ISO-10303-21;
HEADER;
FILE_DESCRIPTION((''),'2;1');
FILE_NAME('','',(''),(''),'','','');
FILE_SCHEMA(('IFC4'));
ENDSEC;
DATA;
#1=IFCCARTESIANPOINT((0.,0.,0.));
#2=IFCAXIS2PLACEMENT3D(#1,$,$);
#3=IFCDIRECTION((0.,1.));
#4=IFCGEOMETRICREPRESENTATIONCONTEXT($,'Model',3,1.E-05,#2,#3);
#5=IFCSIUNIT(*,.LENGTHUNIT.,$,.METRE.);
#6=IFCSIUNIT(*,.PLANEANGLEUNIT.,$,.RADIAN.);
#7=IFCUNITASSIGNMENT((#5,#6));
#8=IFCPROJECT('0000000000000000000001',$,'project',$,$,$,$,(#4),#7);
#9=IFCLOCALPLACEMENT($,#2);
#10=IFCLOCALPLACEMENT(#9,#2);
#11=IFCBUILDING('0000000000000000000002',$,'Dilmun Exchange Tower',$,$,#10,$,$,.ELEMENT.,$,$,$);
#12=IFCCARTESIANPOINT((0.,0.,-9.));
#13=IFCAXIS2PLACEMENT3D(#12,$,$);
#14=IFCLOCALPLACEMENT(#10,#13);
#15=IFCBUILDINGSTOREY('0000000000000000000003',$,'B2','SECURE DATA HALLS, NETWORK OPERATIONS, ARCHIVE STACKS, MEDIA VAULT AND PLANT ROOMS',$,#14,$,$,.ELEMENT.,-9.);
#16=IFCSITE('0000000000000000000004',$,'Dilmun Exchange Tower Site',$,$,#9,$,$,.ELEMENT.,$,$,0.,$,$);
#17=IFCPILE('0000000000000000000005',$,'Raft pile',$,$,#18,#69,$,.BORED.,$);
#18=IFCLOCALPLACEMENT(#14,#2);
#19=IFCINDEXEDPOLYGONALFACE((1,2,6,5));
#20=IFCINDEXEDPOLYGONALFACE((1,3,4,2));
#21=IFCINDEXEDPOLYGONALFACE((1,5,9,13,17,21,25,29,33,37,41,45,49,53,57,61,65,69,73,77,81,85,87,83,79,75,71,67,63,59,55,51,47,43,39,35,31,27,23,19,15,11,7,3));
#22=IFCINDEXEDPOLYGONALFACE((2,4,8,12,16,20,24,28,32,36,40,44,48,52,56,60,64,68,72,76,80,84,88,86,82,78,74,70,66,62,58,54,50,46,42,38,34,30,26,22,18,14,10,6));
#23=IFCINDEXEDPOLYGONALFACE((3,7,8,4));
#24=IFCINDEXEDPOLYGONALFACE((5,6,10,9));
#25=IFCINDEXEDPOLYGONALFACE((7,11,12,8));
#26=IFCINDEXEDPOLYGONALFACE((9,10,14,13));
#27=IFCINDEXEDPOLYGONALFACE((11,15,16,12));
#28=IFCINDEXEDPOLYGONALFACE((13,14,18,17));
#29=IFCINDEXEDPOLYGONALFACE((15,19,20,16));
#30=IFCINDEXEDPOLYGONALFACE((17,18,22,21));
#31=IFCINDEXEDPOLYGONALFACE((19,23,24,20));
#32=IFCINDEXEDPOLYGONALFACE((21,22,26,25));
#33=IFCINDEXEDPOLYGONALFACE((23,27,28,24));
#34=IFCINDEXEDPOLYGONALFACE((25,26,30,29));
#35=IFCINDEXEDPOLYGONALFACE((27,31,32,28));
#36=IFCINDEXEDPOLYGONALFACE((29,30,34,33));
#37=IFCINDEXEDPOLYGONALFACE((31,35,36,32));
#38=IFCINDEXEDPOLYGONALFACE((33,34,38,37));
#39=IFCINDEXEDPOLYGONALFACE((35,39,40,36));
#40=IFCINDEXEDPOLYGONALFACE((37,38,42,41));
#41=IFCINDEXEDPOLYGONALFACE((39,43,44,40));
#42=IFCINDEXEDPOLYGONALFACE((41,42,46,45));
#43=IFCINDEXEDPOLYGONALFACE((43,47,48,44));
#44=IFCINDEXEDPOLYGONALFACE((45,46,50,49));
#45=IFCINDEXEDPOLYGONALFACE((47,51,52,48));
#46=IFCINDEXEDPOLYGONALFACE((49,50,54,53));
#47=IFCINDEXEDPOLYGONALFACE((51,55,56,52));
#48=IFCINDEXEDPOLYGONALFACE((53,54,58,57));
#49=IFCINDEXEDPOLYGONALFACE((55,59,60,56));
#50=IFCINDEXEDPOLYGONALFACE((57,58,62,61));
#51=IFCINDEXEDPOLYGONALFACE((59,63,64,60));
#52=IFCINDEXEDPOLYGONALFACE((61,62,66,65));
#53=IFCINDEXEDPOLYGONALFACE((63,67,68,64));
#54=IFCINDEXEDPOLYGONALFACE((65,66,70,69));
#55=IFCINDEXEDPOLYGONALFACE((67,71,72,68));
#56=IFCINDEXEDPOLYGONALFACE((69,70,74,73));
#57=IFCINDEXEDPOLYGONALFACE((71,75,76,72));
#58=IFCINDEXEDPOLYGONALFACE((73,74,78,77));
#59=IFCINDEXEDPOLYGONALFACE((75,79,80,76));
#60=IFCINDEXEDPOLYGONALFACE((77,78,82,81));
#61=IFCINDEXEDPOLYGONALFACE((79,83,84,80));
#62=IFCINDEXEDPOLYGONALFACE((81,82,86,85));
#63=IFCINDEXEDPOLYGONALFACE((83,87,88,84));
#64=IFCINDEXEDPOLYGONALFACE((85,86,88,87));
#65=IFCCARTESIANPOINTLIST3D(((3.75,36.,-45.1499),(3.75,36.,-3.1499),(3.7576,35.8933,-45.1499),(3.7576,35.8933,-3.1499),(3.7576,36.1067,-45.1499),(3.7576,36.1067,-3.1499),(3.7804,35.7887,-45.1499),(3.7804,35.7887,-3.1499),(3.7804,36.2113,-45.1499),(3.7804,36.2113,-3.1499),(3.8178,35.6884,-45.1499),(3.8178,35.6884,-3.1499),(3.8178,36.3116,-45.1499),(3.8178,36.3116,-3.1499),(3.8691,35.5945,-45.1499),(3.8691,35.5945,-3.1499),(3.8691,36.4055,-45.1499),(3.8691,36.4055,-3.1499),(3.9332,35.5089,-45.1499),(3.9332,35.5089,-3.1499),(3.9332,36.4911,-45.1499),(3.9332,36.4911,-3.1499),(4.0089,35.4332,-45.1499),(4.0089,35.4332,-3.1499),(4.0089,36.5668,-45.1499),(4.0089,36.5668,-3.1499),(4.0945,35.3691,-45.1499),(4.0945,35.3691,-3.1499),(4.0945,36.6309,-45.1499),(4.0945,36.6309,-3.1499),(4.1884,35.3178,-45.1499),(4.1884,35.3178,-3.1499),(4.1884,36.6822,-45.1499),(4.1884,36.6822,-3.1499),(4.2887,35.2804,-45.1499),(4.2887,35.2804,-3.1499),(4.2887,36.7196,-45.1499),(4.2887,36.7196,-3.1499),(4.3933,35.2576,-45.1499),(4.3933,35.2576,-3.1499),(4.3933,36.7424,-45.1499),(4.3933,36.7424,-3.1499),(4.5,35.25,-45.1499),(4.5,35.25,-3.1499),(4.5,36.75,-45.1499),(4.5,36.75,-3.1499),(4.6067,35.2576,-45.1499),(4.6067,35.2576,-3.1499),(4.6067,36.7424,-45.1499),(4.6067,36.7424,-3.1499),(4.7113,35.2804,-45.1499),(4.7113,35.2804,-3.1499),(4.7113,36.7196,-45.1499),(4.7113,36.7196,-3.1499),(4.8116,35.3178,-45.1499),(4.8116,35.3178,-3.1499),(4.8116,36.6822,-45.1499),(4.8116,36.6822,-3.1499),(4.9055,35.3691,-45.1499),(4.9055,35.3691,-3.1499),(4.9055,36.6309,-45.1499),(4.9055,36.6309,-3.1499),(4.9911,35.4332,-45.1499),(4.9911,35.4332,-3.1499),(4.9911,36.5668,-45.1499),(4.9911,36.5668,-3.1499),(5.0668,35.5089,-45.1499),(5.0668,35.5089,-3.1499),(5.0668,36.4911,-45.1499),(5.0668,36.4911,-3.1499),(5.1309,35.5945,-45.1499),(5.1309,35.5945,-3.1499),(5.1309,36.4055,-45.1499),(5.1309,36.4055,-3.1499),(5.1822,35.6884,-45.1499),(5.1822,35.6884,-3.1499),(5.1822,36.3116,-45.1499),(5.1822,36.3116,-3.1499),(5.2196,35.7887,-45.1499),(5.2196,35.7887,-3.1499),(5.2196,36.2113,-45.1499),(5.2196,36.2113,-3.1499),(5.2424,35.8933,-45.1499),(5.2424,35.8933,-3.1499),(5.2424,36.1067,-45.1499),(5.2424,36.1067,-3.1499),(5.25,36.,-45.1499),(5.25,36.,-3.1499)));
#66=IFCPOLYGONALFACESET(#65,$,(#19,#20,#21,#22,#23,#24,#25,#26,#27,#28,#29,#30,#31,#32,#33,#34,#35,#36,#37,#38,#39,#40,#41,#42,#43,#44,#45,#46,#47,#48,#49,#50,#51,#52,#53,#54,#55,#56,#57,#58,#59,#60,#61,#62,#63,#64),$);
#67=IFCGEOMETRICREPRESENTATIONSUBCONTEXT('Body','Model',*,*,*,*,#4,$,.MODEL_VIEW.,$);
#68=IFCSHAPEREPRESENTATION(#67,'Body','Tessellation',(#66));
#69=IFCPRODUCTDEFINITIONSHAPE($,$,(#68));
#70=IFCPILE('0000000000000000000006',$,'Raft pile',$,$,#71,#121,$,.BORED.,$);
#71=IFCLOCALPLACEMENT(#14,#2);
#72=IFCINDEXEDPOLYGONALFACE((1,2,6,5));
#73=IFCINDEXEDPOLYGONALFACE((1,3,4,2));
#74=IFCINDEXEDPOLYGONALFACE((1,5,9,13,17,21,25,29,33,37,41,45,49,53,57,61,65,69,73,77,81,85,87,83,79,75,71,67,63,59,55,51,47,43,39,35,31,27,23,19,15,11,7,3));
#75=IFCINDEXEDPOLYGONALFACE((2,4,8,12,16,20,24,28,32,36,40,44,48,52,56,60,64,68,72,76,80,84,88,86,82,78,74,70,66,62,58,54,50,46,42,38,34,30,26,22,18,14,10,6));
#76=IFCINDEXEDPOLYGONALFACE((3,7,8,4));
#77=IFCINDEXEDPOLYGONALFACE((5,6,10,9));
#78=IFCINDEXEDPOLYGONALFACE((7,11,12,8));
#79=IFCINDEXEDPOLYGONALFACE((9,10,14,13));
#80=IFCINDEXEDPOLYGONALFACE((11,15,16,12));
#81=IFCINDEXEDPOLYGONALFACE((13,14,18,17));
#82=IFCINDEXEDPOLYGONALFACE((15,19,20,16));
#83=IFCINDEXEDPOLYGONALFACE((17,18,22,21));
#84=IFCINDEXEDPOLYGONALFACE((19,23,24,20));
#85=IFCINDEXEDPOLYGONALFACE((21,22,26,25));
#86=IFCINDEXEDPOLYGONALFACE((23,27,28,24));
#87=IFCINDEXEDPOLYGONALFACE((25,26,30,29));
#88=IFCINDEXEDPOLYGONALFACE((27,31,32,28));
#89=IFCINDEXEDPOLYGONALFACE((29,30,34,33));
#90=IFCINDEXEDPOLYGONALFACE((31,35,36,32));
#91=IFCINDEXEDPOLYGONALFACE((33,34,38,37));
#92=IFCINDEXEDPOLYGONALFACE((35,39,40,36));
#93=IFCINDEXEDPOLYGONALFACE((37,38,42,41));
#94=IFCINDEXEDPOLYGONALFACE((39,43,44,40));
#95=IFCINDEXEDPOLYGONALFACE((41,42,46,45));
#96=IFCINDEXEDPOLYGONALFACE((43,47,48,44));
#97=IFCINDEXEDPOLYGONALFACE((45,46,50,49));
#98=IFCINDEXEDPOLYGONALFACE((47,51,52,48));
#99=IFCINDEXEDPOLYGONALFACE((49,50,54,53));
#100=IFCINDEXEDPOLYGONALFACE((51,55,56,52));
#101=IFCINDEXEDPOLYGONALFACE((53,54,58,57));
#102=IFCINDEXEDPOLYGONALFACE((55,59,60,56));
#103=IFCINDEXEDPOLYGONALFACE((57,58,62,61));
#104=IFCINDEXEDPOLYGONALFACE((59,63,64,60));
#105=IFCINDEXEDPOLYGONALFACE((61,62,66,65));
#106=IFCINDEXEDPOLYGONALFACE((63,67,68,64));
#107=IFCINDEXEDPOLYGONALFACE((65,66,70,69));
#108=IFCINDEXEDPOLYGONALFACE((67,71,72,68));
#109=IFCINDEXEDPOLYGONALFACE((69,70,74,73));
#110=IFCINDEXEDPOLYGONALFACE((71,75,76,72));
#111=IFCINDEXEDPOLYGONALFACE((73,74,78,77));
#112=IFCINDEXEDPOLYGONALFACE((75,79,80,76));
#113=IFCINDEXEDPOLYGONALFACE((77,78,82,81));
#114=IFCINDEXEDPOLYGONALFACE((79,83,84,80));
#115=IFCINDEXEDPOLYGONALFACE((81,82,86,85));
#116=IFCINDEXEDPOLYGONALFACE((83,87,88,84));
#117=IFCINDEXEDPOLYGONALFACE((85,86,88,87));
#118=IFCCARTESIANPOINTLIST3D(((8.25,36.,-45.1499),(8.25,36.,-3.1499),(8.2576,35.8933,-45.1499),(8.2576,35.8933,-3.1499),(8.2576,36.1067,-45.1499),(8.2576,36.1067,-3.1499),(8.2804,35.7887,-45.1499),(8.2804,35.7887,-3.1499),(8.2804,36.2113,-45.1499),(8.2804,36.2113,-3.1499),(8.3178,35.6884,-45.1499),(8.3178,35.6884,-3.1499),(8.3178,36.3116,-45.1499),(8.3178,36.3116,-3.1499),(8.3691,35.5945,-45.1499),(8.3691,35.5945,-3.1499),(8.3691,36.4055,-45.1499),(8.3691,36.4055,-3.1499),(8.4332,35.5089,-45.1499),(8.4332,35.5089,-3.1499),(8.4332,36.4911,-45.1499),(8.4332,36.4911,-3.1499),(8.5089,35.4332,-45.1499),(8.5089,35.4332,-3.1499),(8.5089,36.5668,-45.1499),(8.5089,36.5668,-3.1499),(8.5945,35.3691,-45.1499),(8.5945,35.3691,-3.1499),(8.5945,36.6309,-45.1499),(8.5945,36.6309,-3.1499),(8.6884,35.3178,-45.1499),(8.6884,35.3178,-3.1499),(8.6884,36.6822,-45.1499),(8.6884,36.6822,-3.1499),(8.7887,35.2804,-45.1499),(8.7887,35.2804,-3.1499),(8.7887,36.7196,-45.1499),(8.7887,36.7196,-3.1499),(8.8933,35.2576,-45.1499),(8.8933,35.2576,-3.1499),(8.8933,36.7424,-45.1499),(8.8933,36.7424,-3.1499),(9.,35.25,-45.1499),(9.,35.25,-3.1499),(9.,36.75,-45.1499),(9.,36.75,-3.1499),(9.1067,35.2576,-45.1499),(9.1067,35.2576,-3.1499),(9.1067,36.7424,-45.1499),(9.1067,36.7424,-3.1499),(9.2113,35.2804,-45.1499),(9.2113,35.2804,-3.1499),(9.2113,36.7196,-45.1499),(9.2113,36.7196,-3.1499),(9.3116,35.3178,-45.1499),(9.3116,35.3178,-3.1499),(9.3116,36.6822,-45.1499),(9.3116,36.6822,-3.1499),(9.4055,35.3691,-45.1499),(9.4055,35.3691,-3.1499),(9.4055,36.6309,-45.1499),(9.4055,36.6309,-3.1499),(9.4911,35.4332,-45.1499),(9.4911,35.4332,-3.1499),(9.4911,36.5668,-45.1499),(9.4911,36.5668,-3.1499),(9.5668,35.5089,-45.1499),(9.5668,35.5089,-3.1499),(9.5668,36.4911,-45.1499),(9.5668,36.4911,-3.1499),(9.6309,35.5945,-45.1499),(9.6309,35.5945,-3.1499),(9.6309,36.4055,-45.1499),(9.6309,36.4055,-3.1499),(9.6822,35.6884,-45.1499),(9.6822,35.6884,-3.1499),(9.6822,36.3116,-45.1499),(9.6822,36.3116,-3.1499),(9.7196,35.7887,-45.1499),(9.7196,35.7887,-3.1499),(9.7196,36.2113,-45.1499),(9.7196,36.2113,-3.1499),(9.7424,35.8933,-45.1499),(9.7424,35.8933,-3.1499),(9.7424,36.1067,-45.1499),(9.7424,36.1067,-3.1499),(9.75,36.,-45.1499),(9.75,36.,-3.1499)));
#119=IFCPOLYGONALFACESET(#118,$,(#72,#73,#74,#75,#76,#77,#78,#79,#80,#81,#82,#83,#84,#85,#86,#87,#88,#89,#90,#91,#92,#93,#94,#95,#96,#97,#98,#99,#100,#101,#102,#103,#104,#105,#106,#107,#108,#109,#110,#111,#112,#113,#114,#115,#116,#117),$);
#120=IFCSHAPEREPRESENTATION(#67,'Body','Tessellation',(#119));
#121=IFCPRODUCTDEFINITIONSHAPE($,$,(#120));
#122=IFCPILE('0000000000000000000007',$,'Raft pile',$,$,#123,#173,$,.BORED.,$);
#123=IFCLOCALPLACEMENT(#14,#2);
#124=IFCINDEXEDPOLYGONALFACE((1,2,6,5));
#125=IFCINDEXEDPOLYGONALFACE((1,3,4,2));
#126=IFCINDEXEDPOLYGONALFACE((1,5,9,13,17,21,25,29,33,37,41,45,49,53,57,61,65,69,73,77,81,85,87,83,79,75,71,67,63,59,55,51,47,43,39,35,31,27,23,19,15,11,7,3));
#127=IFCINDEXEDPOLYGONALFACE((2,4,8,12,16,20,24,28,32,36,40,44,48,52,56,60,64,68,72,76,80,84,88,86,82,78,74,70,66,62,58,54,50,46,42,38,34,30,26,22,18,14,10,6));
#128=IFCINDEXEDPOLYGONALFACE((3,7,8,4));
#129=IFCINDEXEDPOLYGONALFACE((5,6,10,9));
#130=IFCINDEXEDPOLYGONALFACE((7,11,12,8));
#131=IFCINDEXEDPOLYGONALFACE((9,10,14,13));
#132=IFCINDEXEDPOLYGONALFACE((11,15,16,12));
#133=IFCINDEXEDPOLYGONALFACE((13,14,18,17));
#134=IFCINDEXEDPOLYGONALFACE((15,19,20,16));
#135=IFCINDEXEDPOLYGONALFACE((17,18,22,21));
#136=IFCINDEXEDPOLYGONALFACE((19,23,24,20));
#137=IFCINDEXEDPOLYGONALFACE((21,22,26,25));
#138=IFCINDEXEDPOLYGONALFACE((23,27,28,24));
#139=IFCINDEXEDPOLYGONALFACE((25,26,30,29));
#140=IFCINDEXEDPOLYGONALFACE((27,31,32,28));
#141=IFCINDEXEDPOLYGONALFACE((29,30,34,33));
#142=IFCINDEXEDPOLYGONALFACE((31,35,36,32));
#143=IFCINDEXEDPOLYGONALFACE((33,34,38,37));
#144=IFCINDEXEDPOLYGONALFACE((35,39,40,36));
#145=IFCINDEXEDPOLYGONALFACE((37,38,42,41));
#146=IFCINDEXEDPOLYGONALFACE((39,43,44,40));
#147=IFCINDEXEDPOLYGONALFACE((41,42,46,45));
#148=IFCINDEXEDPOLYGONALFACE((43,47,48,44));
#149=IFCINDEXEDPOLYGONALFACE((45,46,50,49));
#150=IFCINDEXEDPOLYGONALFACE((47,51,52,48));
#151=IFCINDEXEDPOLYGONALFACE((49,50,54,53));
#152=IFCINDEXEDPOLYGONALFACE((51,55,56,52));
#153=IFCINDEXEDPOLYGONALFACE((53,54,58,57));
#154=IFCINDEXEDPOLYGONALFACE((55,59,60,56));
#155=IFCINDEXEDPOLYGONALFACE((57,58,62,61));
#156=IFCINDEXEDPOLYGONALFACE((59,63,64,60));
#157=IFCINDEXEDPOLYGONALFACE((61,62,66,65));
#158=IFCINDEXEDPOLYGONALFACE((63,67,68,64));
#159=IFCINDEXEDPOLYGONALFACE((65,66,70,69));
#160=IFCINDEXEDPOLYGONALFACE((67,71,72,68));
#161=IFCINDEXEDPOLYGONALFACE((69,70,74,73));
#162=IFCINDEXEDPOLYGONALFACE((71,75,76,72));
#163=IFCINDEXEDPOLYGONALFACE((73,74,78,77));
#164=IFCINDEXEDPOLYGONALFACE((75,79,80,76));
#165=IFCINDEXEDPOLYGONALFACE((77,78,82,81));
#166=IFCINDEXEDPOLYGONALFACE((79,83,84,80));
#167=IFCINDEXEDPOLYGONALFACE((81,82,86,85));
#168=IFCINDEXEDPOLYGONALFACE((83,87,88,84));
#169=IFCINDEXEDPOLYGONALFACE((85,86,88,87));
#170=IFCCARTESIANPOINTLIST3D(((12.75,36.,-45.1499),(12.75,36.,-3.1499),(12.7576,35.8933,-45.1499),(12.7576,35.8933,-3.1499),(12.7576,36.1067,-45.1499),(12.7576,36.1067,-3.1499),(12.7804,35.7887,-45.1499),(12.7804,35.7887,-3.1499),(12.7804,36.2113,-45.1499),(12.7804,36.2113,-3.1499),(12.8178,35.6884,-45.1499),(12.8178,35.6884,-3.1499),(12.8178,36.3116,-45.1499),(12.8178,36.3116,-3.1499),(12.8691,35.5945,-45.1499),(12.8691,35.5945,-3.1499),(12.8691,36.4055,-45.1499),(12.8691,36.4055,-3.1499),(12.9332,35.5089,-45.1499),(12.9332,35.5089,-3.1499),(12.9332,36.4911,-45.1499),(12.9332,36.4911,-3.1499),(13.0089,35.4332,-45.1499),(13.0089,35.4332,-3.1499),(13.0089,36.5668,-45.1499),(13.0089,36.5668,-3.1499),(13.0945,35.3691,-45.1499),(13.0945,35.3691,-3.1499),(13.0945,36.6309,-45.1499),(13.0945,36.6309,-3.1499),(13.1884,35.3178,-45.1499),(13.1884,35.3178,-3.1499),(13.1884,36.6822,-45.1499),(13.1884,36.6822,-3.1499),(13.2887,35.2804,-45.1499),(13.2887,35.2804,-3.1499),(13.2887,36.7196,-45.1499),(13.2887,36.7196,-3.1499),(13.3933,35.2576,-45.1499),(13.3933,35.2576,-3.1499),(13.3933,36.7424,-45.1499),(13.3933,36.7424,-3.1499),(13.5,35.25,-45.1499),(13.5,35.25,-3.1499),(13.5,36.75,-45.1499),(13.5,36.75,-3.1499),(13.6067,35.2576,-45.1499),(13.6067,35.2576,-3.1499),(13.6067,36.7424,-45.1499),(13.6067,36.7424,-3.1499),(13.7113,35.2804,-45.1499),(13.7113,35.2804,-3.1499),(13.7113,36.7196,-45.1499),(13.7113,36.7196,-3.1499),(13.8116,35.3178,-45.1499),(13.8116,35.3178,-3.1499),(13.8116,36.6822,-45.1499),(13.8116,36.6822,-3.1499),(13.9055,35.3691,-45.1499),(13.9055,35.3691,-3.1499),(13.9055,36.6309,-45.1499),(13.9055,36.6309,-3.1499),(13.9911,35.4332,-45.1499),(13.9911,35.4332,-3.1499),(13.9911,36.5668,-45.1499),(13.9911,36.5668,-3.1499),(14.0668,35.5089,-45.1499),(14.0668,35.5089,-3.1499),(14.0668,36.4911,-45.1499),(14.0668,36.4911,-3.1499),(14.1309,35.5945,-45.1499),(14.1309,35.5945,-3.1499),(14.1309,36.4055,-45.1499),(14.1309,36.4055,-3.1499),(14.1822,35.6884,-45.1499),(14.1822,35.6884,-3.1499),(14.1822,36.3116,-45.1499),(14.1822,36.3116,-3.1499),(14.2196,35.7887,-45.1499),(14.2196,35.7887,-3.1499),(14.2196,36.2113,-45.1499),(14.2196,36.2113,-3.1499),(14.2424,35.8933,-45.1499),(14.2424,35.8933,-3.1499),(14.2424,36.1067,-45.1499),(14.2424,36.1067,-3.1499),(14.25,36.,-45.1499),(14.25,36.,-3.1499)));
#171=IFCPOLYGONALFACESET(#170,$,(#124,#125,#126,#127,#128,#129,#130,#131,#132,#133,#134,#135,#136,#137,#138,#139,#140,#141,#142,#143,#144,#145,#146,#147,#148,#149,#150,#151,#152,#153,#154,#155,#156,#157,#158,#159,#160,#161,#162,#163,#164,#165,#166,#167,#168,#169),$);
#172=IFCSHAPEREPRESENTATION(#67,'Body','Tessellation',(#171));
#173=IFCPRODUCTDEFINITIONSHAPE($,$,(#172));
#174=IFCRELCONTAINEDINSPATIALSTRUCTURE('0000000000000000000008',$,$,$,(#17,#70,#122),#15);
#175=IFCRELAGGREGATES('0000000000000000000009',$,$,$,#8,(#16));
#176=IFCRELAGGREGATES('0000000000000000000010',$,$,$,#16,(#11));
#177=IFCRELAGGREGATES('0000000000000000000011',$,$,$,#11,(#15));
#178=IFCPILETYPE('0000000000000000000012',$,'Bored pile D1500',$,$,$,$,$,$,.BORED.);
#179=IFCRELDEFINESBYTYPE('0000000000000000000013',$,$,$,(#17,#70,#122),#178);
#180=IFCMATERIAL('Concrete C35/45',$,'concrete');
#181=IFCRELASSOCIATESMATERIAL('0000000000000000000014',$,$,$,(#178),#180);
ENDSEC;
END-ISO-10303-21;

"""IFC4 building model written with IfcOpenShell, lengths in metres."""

from ifc_helpers import new_model, si_unit, direction, frame, origin, origin_2d, place, context, subcontext, project, spatial, circle, extrude, material, material_profile, profile_set, type_object, element, save


model = new_model("IFC4")

# Units and contexts
model_context = context("Model", 3, precision=1e-05, world=origin(), true_north=direction((0.0, 1.0)))
body_context = subcontext(model_context, "Body", "Model", "MODEL_VIEW")
ifc_project = project(units=[si_unit("LENGTHUNIT", "METRE"), si_unit("PLANEANGLEUNIT", "RADIAN")], contexts=[model_context])

# Site, building, storey
site_placement = place(None, origin())
site = spatial("IfcSite", under=ifc_project, at=site_placement, Name="Dilmun Exchange Tower Site", CompositionType="ELEMENT", RefElevation=0.0)
building_placement = place(site_placement, origin())
building = spatial("IfcBuilding", under=site, at=building_placement, Name="Dilmun Exchange Tower", CompositionType="ELEMENT")
storey_placement = place(building_placement, frame((0.0, 0.0, -9.0)))
storey = spatial("IfcBuildingStorey", under=building, at=storey_placement, Name="B2", Description="SECURE DATA HALLS, NETWORK OPERATIONS, ARCHIVE STACKS, MEDIA VAULT AND PLANT ROOMS", CompositionType="ELEMENT", Elevation=-9.0)

# Piles
ifc_material_1 = material(Name="Concrete C35/45", Category="concrete")
ifc_material_profile_1 = material_profile(ifc_material_1, circle(Radius=0.75, at=origin_2d()), Name="D1500")
ifc_profile_set_1 = profile_set([ifc_material_profile_1], Name="Concrete C35/45")
pile_type = type_object("IfcPileType", Name="Bored pile D1500", PredefinedType="BORED", material=ifc_profile_set_1)
for number, where, z_axis, x_axis, name in (
    (1, (4.5, 36.0, -3.1499), (0.0, 0.0, -1.0), (1.0, 0.0, 0.0), "Raft pile"),
    (2, (9.0, 36.0, -3.1499), (0.0, 0.0, -1.0), (1.0, 0.0, 0.0), "Raft pile"),
    (3, (13.5, 36.0, -3.1499), (0.0, 0.0, -1.0), (1.0, 0.0, 0.0), "Raft pile"),
):
    element("IfcPile", number, at=place(storey_placement, frame(where, z_axis=z_axis, x_axis=x_axis)), inside=storey, type_object=pile_type, Name=name, PredefinedType="BORED", context=body_context, shape_type="SweptSolid", body=[
        extrude(circle(Radius=0.75, at=origin_2d()), origin(), (0.0, 0.0, 1.0), 42.0),
    ])

save(model, "model.ifc")
